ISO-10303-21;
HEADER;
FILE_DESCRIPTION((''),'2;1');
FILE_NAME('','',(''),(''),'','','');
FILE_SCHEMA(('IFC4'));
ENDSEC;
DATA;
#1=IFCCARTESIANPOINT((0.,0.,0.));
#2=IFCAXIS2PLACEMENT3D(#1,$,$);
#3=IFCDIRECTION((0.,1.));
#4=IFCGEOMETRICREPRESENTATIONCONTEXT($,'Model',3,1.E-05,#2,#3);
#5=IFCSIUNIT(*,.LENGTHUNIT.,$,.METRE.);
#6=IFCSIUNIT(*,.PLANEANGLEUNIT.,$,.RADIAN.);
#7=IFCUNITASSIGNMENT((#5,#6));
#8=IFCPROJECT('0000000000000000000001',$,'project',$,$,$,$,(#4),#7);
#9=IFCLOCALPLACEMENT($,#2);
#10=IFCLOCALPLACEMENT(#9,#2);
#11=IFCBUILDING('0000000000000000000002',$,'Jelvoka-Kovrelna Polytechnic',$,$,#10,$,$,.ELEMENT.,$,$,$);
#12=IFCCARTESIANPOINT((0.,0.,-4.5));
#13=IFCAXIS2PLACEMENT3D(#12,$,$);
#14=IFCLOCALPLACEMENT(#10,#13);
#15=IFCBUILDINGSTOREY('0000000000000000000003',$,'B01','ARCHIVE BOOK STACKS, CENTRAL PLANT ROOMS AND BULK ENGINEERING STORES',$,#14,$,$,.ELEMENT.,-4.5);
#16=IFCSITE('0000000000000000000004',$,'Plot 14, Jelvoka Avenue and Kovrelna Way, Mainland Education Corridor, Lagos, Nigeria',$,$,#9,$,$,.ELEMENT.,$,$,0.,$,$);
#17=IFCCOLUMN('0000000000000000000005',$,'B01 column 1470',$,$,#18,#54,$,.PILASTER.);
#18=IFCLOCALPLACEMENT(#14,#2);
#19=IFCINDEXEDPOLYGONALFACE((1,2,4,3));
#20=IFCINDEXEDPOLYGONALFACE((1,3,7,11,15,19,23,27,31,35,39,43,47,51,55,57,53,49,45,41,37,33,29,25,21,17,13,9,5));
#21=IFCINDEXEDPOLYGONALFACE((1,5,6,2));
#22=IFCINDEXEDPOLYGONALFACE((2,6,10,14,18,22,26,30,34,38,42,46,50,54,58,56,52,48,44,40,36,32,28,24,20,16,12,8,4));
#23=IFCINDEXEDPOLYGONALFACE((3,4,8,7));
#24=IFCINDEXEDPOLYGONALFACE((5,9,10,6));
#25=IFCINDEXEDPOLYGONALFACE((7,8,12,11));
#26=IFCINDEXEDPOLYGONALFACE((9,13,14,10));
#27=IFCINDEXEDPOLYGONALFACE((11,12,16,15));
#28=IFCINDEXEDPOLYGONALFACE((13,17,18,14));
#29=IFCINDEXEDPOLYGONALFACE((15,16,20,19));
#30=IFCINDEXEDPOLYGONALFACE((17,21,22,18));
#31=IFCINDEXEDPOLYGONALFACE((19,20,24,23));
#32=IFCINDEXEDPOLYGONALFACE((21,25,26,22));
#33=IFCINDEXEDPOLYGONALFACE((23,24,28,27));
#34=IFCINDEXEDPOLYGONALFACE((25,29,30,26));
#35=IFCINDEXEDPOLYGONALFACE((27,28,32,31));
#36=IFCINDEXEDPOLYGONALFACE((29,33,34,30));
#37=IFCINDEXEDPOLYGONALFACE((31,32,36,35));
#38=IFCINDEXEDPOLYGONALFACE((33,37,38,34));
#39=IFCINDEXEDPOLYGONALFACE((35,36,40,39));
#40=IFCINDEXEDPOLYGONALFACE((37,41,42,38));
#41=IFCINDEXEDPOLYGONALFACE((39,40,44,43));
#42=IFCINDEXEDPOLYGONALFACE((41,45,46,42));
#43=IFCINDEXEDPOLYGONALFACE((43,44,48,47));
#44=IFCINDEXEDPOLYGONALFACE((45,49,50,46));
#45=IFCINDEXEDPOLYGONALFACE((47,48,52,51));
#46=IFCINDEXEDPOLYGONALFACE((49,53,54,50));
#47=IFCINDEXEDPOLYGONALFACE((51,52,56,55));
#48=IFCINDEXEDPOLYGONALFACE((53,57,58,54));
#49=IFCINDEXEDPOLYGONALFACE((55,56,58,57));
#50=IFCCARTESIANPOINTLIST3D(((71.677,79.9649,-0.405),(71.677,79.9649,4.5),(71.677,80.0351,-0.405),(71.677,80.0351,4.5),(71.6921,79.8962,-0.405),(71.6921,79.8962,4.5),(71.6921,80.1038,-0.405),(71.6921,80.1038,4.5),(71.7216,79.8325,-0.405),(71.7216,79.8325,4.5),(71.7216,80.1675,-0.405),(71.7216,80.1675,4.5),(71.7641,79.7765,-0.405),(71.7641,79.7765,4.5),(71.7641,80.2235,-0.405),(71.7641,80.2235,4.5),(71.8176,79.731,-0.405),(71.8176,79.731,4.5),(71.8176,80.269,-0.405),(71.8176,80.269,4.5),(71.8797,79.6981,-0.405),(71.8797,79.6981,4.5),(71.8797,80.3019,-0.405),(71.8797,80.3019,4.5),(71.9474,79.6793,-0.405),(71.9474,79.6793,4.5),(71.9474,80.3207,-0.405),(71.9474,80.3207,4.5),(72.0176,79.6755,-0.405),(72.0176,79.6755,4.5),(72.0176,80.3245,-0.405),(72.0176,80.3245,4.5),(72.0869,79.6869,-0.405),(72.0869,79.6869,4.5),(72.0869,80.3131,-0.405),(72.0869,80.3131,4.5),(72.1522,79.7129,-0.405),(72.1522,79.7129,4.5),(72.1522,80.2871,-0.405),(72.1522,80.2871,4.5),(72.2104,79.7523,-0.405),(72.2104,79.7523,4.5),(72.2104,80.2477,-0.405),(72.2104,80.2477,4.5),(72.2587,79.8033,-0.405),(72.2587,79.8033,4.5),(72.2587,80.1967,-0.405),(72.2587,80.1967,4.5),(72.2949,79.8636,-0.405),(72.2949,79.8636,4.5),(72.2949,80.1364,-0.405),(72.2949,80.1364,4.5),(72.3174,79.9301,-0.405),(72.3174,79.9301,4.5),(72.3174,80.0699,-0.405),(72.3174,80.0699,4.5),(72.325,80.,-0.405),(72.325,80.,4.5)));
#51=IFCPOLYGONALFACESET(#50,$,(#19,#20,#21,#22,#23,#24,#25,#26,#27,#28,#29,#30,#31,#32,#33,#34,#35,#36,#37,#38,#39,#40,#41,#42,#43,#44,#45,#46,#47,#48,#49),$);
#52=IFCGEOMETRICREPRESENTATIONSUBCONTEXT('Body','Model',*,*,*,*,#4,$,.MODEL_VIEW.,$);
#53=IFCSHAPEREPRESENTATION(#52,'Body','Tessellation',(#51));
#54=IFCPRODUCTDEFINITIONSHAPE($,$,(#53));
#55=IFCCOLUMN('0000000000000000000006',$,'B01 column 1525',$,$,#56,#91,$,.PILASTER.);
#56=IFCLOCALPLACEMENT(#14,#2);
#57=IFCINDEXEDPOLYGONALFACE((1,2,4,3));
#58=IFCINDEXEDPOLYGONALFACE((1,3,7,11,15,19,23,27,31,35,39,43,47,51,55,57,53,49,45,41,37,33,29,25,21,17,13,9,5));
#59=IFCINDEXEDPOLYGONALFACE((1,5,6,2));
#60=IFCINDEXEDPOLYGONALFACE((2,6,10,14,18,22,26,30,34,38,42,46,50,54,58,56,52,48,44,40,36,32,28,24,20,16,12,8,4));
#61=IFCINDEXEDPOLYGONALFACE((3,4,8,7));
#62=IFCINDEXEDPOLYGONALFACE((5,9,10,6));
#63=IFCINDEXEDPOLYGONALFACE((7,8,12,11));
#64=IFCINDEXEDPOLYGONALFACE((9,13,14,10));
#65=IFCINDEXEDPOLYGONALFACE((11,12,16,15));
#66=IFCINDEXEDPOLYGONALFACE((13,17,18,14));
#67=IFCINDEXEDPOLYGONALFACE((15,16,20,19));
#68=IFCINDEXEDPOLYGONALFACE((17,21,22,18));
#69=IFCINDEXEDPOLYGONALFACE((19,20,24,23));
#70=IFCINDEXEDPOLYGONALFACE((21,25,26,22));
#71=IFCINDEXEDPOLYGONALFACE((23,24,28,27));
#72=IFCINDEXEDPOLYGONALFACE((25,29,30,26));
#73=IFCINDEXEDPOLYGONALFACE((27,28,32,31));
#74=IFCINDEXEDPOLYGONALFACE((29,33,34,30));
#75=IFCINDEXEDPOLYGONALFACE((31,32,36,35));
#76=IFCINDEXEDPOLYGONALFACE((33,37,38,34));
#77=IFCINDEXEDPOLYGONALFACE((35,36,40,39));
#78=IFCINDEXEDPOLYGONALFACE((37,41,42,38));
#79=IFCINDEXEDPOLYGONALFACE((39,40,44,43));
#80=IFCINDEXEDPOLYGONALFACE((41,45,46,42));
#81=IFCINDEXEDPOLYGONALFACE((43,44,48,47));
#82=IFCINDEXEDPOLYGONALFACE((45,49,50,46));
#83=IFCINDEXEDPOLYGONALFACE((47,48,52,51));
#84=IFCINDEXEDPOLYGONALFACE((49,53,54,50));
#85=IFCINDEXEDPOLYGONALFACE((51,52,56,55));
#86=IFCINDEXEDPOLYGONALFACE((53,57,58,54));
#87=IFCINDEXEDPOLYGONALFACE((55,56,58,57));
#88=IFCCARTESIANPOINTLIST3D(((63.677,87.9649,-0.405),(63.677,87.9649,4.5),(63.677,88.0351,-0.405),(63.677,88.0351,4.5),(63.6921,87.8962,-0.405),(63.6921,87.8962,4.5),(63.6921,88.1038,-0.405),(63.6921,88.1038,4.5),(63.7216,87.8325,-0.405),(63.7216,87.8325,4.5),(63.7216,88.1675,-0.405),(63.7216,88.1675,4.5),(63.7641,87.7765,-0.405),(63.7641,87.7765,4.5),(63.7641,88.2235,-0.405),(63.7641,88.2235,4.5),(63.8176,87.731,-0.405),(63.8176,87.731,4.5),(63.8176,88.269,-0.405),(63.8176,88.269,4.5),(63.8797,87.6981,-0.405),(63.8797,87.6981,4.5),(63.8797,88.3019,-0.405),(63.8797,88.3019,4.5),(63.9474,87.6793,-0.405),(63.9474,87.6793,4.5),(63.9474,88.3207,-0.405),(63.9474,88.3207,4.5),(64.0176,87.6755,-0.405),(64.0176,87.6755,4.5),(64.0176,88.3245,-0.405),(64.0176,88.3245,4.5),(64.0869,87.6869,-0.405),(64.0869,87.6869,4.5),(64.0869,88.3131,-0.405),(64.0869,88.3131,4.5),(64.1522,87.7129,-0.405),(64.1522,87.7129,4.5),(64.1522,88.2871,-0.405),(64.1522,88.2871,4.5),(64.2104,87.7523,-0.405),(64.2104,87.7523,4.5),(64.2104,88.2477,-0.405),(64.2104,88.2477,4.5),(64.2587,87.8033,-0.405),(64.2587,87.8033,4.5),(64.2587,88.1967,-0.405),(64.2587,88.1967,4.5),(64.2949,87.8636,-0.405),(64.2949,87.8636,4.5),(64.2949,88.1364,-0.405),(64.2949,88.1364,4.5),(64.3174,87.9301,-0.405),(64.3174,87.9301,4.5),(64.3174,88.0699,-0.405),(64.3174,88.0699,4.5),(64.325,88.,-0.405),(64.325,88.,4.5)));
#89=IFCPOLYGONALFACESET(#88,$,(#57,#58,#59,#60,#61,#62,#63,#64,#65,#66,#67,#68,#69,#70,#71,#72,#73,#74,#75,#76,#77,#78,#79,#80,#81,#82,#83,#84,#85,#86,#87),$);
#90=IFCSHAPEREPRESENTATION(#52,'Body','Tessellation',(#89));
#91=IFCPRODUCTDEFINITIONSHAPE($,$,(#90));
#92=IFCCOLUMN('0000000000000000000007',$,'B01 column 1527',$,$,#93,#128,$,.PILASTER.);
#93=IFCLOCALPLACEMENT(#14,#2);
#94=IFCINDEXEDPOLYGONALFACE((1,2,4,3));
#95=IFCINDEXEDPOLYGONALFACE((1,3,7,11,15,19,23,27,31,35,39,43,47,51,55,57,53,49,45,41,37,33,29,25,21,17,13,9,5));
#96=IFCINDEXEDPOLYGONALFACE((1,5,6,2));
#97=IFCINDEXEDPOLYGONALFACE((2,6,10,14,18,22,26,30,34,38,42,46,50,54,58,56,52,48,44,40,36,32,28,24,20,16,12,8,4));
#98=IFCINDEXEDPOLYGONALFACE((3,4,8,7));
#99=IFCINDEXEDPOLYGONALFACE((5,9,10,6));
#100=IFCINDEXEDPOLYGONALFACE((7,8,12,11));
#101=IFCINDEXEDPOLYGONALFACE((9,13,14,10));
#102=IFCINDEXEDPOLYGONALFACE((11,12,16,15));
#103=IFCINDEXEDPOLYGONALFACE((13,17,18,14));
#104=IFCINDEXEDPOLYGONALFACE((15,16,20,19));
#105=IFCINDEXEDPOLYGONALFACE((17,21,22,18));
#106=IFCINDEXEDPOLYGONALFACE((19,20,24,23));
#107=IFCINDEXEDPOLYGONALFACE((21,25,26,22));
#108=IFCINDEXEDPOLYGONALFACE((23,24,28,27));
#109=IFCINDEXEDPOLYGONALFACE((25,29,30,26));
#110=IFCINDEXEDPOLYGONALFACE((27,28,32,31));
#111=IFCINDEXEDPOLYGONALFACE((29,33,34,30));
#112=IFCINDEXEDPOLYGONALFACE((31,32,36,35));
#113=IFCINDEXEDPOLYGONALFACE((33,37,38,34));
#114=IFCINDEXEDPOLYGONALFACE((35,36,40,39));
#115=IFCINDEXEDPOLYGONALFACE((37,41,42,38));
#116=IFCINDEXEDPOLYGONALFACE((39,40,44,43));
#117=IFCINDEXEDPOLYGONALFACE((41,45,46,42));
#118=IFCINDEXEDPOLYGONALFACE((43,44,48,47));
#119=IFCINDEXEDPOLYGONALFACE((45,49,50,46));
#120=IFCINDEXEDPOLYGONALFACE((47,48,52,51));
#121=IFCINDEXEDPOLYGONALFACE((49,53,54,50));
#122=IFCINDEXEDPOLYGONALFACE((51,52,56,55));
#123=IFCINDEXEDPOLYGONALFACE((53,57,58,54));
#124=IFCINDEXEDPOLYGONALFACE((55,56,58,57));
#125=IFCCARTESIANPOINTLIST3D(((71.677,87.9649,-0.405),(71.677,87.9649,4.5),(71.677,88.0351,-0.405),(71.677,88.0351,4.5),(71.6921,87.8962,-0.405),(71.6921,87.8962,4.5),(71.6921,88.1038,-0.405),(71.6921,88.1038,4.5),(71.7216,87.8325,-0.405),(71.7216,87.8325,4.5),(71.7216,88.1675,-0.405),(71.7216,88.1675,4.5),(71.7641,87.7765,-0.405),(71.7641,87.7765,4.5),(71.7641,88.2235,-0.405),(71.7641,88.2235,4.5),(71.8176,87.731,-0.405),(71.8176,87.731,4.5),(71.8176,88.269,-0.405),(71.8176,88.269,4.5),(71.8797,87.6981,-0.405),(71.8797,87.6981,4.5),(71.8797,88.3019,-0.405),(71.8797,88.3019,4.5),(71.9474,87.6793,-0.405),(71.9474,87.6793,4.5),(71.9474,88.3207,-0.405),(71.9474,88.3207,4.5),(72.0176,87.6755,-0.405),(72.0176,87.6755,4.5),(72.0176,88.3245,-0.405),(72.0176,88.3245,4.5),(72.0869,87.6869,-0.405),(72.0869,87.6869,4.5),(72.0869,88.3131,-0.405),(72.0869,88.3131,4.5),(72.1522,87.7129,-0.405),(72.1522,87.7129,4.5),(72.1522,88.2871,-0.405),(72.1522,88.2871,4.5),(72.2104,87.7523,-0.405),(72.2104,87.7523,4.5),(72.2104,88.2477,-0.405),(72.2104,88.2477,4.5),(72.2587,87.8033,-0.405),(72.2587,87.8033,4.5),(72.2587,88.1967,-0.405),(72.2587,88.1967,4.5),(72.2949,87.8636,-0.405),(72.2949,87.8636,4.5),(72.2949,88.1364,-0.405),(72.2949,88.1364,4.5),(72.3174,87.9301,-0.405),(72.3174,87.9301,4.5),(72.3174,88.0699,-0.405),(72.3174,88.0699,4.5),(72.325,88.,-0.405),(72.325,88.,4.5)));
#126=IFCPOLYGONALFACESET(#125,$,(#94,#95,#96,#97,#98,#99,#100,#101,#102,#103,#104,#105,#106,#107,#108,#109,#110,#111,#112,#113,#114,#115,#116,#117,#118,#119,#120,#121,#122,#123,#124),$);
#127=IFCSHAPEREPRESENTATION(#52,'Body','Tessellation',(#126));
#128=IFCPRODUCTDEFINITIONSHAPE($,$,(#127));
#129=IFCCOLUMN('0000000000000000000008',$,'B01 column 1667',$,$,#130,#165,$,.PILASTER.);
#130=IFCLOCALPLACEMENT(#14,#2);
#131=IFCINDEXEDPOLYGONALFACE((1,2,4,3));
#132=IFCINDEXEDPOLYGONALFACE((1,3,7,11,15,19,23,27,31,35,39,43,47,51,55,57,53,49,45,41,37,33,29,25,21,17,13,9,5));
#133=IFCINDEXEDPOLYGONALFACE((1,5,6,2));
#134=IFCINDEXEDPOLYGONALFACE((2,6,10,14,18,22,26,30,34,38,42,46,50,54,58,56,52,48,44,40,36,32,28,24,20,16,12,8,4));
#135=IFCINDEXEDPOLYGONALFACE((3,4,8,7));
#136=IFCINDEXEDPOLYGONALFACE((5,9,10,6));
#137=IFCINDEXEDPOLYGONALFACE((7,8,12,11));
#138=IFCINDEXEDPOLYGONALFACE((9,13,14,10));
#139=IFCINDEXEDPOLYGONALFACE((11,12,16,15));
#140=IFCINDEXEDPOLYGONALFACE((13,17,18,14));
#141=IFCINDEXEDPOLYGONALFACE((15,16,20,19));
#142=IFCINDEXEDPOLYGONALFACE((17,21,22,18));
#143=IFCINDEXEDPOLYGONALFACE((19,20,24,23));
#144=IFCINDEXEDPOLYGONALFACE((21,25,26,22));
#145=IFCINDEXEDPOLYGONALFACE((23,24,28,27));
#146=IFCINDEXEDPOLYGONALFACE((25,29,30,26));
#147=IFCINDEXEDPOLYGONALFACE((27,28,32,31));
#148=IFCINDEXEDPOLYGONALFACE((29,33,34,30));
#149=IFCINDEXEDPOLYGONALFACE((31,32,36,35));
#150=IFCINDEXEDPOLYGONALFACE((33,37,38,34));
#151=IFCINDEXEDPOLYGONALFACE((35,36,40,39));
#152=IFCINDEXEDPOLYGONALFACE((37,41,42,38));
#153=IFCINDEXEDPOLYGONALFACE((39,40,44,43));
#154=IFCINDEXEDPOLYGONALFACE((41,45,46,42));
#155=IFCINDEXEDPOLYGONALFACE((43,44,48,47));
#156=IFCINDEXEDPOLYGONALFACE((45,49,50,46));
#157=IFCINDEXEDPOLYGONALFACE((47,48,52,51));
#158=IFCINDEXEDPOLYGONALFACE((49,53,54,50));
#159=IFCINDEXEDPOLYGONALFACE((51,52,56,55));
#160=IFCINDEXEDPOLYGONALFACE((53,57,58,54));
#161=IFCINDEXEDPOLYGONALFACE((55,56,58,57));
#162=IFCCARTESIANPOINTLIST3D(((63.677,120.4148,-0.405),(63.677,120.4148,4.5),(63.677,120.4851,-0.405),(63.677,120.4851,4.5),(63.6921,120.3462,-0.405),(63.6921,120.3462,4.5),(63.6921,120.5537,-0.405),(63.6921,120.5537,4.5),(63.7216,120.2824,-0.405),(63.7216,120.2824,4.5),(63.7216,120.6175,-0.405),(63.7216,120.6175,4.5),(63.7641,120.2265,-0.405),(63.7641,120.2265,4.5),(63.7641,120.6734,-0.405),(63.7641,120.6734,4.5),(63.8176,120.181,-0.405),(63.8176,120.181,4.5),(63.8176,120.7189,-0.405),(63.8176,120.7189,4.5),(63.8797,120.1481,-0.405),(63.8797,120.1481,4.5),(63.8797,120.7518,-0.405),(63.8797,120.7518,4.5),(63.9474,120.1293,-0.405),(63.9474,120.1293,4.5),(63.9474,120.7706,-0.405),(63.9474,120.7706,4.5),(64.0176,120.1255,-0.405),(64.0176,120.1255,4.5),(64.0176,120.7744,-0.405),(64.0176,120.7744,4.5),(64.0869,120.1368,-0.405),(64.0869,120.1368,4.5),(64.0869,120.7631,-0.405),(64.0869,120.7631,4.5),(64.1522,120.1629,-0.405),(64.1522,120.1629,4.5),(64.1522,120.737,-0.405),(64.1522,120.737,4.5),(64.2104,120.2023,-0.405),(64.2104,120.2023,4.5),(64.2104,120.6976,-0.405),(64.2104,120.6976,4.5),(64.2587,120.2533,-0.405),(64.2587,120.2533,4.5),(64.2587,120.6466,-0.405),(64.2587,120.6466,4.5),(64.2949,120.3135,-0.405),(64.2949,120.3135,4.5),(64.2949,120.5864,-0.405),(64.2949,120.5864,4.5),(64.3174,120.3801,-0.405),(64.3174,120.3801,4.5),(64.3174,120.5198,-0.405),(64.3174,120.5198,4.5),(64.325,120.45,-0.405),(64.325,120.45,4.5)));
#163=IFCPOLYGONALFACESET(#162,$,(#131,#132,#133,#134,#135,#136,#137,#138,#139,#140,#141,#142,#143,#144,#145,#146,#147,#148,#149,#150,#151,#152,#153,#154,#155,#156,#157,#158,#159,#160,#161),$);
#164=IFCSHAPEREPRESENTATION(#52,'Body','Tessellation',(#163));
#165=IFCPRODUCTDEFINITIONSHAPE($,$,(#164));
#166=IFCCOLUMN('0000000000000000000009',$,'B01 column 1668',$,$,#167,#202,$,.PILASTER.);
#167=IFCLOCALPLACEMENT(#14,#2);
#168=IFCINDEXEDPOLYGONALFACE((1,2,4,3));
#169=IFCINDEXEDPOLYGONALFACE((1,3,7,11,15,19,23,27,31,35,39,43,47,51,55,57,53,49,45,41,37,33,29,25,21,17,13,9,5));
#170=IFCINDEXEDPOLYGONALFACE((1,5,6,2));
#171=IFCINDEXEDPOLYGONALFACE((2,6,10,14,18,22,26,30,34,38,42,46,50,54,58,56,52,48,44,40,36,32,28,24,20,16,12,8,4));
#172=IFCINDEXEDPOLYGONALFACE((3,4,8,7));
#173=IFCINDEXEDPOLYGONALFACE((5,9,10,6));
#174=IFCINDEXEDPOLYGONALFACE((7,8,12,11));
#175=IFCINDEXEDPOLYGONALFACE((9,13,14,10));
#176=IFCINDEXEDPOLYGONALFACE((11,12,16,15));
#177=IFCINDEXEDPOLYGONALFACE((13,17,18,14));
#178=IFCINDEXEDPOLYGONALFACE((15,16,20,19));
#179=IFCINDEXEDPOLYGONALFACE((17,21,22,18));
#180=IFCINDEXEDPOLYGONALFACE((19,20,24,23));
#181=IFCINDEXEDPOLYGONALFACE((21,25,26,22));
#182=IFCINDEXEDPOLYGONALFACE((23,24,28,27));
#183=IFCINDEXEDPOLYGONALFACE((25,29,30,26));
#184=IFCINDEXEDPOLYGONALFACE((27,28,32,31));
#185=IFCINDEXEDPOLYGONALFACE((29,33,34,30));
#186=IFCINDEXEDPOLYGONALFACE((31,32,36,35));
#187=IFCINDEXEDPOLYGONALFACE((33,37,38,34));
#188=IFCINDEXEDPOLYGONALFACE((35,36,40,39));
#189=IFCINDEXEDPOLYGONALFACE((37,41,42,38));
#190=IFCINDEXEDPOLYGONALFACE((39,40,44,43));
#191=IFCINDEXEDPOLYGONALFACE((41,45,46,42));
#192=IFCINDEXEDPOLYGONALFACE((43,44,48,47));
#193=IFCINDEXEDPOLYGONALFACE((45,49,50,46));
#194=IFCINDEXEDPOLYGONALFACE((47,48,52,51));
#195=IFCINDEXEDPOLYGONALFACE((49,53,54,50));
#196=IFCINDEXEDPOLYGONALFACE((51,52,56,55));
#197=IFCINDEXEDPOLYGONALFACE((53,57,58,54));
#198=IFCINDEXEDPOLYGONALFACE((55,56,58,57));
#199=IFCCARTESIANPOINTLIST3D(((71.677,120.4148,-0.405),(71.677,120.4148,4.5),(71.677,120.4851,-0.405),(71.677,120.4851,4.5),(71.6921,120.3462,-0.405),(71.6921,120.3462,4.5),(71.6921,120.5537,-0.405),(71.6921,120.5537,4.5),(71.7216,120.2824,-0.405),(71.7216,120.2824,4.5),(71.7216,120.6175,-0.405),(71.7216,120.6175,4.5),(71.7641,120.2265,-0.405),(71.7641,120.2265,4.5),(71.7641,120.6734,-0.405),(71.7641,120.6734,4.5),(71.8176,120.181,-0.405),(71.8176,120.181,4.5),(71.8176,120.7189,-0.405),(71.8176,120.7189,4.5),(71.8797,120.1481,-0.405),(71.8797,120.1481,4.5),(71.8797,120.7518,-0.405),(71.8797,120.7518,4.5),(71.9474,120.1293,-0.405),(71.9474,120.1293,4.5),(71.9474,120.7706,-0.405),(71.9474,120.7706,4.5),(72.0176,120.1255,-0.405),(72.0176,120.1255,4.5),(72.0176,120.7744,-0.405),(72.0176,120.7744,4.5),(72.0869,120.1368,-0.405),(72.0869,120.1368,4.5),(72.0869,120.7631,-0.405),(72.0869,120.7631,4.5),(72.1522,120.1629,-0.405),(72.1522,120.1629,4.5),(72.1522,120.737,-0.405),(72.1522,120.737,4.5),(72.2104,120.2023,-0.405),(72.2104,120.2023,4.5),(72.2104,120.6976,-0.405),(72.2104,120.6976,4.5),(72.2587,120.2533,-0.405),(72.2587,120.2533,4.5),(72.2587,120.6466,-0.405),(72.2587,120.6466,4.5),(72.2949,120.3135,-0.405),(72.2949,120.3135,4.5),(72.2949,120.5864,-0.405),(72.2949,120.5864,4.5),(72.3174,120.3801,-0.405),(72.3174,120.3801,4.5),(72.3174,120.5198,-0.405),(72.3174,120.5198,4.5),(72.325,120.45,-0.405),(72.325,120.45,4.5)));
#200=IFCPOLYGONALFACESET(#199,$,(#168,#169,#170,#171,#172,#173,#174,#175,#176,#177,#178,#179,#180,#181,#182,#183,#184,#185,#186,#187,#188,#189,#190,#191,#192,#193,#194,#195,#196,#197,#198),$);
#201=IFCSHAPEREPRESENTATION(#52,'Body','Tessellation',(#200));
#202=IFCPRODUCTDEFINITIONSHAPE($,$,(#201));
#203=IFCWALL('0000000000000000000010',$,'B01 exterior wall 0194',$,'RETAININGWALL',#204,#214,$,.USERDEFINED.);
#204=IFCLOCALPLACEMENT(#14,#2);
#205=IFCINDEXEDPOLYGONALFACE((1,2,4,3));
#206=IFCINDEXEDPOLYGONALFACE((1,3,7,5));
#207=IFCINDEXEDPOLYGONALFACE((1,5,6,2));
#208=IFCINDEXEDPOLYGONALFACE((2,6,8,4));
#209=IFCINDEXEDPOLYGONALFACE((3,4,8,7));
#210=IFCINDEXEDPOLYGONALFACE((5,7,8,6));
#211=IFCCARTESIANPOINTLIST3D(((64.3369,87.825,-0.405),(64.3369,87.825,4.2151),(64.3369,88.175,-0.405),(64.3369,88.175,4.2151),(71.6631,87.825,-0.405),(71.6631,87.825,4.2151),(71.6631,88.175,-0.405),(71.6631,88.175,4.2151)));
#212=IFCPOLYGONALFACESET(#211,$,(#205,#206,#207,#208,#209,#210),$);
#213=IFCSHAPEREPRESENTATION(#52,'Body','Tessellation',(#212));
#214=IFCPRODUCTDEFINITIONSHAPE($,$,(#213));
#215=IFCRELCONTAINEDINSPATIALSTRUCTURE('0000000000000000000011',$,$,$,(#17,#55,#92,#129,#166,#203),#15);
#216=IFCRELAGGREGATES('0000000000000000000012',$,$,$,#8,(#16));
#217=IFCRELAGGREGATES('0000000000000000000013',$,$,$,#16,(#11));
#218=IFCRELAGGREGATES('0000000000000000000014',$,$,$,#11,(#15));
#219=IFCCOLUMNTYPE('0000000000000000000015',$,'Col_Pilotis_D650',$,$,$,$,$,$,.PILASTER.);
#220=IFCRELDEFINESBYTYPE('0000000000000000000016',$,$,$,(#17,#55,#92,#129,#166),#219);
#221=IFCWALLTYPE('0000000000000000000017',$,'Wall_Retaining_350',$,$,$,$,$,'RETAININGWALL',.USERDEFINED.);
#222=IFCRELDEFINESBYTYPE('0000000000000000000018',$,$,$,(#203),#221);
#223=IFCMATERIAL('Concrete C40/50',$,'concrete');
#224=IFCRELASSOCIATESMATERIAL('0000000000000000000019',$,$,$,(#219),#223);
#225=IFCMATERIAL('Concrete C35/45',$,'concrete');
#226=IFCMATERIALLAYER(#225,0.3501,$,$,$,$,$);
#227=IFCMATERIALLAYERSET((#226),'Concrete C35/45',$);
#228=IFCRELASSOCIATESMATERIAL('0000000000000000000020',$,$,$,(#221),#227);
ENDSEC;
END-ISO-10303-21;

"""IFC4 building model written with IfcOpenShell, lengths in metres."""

from ifc_helpers import new_model, si_unit, direction, frame, frame_2d, origin, origin_2d, place, context, subcontext, project, spatial, rectangle, circle, extrude, material, layer, layer_set, material_profile, profile_set, type_object, element, save


model = new_model("IFC4")

# Units and contexts
model_context = context("Model", 3, precision=1e-05, world=origin(), true_north=direction((0.0, 1.0)))
body_context = subcontext(model_context, "Body", "Model", "MODEL_VIEW")
ifc_project = project(units=[si_unit("LENGTHUNIT", "METRE"), si_unit("PLANEANGLEUNIT", "RADIAN")], contexts=[model_context])

# Site, building, storey
site_placement = place(None, origin())
site = spatial("IfcSite", under=ifc_project, at=site_placement, Name="Plot 14, Jelvoka Avenue and Kovrelna Way, Mainland Education Corridor, Lagos, Nigeria", CompositionType="ELEMENT", RefElevation=0.0)
building_placement = place(site_placement, origin())
building = spatial("IfcBuilding", under=site, at=building_placement, Name="Jelvoka-Kovrelna Polytechnic", CompositionType="ELEMENT")
storey_placement = place(building_placement, frame((0.0, 0.0, -4.5)))
storey = spatial("IfcBuildingStorey", under=building, at=storey_placement, Name="B01", Description="ARCHIVE BOOK STACKS, CENTRAL PLANT ROOMS AND BULK ENGINEERING STORES", CompositionType="ELEMENT", Elevation=-4.5)

# Columns
ifc_material_1 = material(Name="Concrete C40/50", Category="concrete")
ifc_material_profile = material_profile(ifc_material_1, circle(Radius=0.325, at=origin_2d()), Name="RC D650")
ifc_profile_set = profile_set([ifc_material_profile], Name="Concrete C40/50")
column_type = type_object("IfcColumnType", Name="Col_Pilotis_D650", PredefinedType="PILASTER", material=ifc_profile_set)
for number, where, z_axis, x_axis, name in (
    (1, (72.0, 80.0, -0.405), (0.0, 0.0, 1.0), (1.0, 0.0, 0.0), "B01 column 1470"),
    (2, (64.0, 88.0, -0.405), (0.0, 0.0, 1.0), (1.0, 0.0, 0.0), "B01 column 1525"),
    (3, (72.0, 88.0, -0.405), (0.0, 0.0, 1.0), (1.0, 0.0, 0.0), "B01 column 1527"),
    (4, (64.0, 120.45, -0.405), (0.0, 0.0, 1.0), (1.0, 0.0, 0.0), "B01 column 1667"),
    (5, (72.0, 120.45, -0.405), (0.0, 0.0, 1.0), (1.0, 0.0, 0.0), "B01 column 1668"),
):
    element("IfcColumn", number, at=place(storey_placement, frame(where, z_axis=z_axis, x_axis=x_axis)), inside=storey, type_object=column_type, Name=name, PredefinedType="PILASTER", context=body_context, shape_type="SweptSolid", body=[
        extrude(circle(Radius=0.325, at=origin_2d()), origin(), (0.0, 0.0, 1.0), 4.905),
    ])

# Wall
ifc_material_2 = material(Name="Concrete C35/45", Category="concrete")
ifc_layer = layer(ifc_material_2, 0.3501)
ifc_layer_set = layer_set([ifc_layer], Name="Concrete C35/45")
wall_type = type_object("IfcWallType", Name="Wall_Retaining_350", ElementType="RETAININGWALL", PredefinedType="USERDEFINED", material=ifc_layer_set)
for number, where, z_axis, x_axis, name in (
    (6, (64.3369, 88.0, -0.405), (0.0, 0.0, 1.0), (1.0, 0.0, 0.0), "B01 exterior wall 0194"),
):
    element("IfcWall", number, at=place(storey_placement, frame(where, z_axis=z_axis, x_axis=x_axis)), inside=storey, type_object=wall_type, Name=name, ObjectType="RETAININGWALL", PredefinedType="USERDEFINED", context=body_context, shape_type="SweptSolid", body=[
        extrude(rectangle(XDim=7.3262, YDim=0.3501, at=frame_2d((3.6631, 0.0))), origin(), (0.0, 0.0, 1.0), 4.6201),
    ])

save(model, "model.ifc")
